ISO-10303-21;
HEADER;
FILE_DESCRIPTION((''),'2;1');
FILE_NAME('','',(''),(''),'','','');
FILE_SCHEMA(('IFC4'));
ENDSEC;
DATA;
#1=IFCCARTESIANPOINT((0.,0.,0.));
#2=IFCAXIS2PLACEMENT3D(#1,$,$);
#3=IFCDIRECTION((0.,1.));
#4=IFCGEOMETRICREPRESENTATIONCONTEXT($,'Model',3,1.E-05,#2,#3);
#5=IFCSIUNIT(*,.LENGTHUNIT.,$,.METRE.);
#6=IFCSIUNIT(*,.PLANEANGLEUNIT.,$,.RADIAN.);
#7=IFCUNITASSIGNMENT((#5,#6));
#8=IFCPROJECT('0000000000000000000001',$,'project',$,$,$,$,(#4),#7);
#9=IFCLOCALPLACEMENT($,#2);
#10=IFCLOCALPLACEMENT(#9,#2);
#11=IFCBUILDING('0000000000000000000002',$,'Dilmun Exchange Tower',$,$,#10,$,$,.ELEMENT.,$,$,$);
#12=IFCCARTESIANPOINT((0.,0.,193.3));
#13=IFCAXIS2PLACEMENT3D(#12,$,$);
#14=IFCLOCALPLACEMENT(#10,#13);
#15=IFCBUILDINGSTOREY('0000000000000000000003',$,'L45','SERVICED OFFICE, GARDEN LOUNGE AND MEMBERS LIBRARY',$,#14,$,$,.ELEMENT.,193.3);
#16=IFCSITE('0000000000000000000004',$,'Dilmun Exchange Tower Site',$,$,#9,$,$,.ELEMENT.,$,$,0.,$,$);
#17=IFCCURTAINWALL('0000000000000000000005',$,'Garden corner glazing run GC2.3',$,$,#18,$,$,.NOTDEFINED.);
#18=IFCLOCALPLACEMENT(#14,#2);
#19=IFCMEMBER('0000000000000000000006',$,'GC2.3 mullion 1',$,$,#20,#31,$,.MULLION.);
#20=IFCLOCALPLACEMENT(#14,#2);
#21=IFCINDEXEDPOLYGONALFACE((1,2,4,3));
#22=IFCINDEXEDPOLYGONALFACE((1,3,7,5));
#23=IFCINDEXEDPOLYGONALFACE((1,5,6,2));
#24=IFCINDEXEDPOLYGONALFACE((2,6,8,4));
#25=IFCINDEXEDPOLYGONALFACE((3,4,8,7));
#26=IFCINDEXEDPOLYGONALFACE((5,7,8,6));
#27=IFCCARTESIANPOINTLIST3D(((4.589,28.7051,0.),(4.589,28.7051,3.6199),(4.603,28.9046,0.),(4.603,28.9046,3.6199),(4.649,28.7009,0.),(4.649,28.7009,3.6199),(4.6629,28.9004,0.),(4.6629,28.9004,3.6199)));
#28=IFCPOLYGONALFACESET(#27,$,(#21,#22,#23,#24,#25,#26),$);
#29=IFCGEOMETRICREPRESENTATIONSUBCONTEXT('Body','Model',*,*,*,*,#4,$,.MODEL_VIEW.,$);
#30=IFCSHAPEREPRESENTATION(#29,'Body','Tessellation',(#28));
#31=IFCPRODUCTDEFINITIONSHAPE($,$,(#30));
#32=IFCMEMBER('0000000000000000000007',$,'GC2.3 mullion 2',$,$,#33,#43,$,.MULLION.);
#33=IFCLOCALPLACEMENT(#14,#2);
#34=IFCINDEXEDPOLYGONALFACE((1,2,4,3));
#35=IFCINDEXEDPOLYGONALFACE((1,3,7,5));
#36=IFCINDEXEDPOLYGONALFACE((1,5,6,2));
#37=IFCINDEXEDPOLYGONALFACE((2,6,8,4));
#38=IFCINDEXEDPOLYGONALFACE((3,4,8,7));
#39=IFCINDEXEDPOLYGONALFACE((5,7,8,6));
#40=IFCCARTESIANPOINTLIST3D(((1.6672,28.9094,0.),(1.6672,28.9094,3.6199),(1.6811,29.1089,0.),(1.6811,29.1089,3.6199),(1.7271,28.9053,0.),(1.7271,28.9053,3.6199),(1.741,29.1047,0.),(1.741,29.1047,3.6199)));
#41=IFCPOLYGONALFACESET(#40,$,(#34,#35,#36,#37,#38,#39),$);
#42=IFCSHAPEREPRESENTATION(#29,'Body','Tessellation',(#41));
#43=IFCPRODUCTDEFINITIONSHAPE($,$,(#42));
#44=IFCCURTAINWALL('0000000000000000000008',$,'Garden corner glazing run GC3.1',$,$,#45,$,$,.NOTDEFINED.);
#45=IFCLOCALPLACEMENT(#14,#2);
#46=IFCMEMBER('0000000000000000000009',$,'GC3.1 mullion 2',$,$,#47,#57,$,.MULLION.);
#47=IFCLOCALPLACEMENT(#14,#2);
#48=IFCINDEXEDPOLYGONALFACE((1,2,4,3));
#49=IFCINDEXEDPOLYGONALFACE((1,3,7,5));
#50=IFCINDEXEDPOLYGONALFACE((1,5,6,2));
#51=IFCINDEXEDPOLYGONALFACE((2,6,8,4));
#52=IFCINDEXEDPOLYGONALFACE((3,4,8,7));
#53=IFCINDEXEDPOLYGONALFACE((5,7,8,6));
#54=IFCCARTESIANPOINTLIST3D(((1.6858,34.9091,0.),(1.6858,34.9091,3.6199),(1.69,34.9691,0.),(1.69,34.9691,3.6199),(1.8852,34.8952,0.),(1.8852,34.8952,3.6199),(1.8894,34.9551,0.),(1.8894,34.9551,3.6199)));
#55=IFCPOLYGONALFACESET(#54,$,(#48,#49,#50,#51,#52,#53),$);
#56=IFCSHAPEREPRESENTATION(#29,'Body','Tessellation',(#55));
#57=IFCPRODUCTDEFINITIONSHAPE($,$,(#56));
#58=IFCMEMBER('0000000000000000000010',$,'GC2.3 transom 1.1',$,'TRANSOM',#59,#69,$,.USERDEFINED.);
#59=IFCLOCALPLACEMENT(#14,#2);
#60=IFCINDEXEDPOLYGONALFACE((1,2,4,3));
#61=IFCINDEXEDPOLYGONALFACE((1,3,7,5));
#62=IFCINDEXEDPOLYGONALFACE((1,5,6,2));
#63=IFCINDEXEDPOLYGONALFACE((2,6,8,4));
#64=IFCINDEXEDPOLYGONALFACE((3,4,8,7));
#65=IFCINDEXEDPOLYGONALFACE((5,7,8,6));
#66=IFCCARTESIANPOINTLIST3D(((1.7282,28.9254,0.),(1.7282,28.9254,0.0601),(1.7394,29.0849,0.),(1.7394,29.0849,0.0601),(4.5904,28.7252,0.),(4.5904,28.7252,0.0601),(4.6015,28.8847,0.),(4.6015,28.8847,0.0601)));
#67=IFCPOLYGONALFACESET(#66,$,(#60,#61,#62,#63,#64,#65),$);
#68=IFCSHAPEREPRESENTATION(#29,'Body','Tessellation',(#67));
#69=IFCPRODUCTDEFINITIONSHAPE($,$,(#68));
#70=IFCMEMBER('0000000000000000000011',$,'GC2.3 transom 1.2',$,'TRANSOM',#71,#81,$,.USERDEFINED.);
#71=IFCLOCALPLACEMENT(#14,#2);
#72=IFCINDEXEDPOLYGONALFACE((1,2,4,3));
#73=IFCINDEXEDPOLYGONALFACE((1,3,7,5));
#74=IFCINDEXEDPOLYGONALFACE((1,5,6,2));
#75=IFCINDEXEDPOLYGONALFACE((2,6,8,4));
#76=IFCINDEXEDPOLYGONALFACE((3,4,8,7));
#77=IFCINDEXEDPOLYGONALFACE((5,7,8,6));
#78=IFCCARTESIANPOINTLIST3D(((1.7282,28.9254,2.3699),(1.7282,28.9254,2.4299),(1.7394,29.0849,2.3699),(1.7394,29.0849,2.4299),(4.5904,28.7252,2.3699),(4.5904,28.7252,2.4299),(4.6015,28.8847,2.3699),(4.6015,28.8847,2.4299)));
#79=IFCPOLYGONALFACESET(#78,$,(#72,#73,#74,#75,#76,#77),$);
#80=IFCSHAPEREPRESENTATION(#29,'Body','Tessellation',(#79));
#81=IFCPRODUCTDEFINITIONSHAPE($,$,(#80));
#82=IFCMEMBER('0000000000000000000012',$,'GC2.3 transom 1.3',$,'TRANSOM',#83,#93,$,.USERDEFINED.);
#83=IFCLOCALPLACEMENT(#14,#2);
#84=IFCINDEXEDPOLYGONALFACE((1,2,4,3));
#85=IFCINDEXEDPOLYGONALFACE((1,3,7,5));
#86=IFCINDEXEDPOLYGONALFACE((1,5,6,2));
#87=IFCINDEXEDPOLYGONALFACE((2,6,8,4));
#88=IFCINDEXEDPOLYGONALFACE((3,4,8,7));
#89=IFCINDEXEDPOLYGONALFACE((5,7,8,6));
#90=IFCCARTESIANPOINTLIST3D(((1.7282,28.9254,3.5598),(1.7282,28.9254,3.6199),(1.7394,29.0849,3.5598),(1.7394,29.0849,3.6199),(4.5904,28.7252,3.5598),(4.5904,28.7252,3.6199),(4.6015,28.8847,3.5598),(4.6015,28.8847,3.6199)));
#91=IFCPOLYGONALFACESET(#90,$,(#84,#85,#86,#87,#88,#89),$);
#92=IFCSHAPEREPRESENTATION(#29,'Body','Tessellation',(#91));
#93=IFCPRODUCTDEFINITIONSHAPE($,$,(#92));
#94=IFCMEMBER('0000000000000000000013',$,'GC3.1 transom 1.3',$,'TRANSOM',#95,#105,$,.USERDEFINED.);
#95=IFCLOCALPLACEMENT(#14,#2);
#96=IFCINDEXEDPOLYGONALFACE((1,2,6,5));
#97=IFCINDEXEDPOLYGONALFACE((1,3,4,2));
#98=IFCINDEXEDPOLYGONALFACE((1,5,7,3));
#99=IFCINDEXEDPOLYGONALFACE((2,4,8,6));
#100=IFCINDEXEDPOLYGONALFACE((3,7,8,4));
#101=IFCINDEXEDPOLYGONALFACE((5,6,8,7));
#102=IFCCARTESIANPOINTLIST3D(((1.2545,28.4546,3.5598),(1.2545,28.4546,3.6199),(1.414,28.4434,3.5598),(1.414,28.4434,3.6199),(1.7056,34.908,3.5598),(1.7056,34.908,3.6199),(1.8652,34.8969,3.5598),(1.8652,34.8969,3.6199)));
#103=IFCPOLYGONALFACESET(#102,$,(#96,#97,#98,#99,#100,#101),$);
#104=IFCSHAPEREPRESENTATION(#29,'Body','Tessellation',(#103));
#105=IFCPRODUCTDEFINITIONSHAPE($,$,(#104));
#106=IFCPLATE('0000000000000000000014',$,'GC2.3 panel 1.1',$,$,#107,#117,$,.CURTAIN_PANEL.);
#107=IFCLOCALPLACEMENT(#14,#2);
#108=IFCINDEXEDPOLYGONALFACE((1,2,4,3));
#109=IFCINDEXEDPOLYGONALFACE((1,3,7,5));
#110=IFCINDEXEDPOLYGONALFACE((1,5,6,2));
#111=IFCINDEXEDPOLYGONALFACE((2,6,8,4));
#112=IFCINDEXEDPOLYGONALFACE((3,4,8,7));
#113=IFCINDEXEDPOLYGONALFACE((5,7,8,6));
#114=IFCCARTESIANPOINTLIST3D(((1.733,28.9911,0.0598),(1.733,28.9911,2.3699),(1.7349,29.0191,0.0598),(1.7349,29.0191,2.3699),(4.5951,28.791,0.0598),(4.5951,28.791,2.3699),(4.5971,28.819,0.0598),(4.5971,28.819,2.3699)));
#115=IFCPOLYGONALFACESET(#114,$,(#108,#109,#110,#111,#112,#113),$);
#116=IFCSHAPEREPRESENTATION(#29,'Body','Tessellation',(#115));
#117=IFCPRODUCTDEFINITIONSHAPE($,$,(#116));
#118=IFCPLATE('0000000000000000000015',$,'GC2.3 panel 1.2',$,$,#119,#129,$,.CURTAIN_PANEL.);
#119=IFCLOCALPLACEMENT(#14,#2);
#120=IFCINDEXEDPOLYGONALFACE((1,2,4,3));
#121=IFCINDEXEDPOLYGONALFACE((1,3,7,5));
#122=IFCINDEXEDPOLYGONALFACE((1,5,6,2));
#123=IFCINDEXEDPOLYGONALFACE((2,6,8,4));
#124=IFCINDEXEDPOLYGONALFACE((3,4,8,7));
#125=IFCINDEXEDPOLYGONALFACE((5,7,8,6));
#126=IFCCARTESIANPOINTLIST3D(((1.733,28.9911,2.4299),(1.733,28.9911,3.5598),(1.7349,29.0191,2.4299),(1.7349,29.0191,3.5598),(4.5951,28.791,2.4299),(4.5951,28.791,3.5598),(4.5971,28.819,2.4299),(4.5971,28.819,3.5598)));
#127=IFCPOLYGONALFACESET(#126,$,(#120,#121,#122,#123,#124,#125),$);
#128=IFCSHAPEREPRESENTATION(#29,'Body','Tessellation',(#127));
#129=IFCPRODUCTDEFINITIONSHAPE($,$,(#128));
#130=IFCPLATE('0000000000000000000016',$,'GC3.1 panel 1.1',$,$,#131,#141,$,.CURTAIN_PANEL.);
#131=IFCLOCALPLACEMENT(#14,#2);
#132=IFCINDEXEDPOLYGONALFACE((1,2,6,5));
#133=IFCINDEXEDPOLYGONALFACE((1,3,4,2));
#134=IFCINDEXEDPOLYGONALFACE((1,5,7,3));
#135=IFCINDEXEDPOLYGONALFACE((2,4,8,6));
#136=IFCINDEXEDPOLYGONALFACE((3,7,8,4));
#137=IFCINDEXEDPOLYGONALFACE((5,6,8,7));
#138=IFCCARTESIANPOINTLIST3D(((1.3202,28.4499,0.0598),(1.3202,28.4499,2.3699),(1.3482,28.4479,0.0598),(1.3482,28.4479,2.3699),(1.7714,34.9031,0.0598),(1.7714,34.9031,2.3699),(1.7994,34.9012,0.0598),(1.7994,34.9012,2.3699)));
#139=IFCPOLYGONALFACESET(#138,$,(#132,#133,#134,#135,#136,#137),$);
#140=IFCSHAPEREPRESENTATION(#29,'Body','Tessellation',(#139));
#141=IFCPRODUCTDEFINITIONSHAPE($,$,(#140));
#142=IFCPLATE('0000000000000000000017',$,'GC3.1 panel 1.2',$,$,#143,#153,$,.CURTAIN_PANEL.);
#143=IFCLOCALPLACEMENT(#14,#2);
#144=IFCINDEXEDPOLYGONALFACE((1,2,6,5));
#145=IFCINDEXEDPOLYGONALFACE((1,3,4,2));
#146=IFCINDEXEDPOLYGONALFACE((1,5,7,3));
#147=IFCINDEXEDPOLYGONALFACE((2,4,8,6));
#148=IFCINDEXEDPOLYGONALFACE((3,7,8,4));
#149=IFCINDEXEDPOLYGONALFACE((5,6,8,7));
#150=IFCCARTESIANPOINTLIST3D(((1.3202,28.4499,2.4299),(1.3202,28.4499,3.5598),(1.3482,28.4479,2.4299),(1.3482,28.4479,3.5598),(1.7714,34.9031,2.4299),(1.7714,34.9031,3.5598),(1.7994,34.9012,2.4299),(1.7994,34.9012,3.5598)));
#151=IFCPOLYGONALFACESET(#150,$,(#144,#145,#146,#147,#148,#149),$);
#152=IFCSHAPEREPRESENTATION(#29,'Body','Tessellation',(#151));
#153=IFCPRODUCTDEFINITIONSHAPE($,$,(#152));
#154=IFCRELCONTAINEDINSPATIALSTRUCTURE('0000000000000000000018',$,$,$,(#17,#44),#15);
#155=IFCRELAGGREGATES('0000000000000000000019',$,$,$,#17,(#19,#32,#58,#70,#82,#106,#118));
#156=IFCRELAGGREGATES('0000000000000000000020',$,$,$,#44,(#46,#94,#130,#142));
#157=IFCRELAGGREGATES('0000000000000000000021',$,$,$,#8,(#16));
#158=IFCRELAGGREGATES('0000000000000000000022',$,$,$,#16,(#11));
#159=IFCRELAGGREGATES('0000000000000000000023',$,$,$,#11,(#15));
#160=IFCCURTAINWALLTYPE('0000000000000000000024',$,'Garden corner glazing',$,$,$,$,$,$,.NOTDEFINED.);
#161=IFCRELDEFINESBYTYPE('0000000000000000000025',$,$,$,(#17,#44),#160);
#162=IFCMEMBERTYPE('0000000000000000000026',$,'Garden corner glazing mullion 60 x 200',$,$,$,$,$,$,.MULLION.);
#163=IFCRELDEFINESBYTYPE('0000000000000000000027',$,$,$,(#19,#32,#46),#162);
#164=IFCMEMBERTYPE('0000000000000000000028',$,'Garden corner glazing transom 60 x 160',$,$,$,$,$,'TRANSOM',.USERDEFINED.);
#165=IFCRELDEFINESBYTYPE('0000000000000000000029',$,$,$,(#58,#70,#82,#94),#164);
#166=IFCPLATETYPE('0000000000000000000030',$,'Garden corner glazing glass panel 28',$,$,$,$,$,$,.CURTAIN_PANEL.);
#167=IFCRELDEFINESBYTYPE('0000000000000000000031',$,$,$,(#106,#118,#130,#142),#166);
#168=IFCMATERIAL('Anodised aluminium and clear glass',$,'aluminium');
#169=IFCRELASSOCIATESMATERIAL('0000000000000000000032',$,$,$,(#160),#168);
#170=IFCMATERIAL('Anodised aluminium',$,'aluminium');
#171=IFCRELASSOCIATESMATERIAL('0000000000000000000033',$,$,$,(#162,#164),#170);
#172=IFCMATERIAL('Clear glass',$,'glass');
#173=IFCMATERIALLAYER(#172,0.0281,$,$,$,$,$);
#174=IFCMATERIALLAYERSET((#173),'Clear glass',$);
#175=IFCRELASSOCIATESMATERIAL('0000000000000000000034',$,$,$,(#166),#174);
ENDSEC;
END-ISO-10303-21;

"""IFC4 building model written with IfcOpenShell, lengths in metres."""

from ifc_helpers import new_model, si_unit, direction, frame, origin, origin_2d, place, context, subcontext, project, spatial, rectangle, extrude, material, layer, layer_set, material_profile, profile_set, type_object, element, aggregate, save


model = new_model("IFC4")

# Units and contexts
model_context = context("Model", 3, precision=1e-05, world=origin(), true_north=direction((0.0, 1.0)))
body_context = subcontext(model_context, "Body", "Model", "MODEL_VIEW")
ifc_project = project(units=[si_unit("LENGTHUNIT", "METRE"), si_unit("PLANEANGLEUNIT", "RADIAN")], contexts=[model_context])

# Site, building, storey
site_placement = place(None, origin())
site = spatial("IfcSite", under=ifc_project, at=site_placement, Name="Dilmun Exchange Tower Site", CompositionType="ELEMENT", RefElevation=0.0)
building_placement = place(site_placement, origin())
building = spatial("IfcBuilding", under=site, at=building_placement, Name="Dilmun Exchange Tower", CompositionType="ELEMENT")
storey_placement = place(building_placement, frame((0.0, 0.0, 193.3)))
storey = spatial("IfcBuildingStorey", under=building, at=storey_placement, Name="L45", Description="SERVICED OFFICE, GARDEN LOUNGE AND MEMBERS LIBRARY", CompositionType="ELEMENT", Elevation=193.3)

# Curtain wall, members
ifc_material_1 = material(Name="Anodised aluminium and clear glass", Category="aluminium")
curtain_wall_type = type_object("IfcCurtainWallType", Name="Garden corner glazing", PredefinedType="NOTDEFINED", material=ifc_material_1)
curtain_wall_1_placement = place(storey_placement, origin())
curtain_wall_1 = element("IfcCurtainWall", 1, at=curtain_wall_1_placement, inside=storey, type_object=curtain_wall_type, Name="Garden corner glazing run GC2.3", PredefinedType="NOTDEFINED")
ifc_material_2 = material(Name="Anodised aluminium", Category="aluminium")
ifc_material_profile_1 = material_profile(ifc_material_2, rectangle(XDim=0.2, YDim=0.0601, at=origin_2d()), Name="AL 60x200")
ifc_profile_set_1 = profile_set([ifc_material_profile_1], Name="Anodised aluminium")
member_type_1 = type_object("IfcMemberType", Name="Garden corner glazing mullion 60 x 200", PredefinedType="MULLION", material=ifc_profile_set_1)
member_1_placement = place(storey_placement, frame((4.626, 28.8027, 0.0), z_axis=(0.0, 0.0, 1.0), x_axis=(-0.069754, -0.997564, 0.0)))
member_1 = element("IfcMember", 2, at=member_1_placement, type_object=member_type_1, Name="GC2.3 mullion 1", PredefinedType="MULLION", context=body_context, shape_type="SweptSolid", body=[
    extrude(rectangle(XDim=0.2, YDim=0.0601, at=origin_2d()), origin(), (0.0, 0.0, 1.0), 3.6199),
])
member_2_placement = place(storey_placement, frame((1.7041, 29.0071, 0.0), z_axis=(0.0, 0.0, 1.0), x_axis=(-0.069754, -0.997564, 0.0)))
member_2 = element("IfcMember", 3, at=member_2_placement, type_object=member_type_1, Name="GC2.3 mullion 2", PredefinedType="MULLION", context=body_context, shape_type="SweptSolid", body=[
    extrude(rectangle(XDim=0.2, YDim=0.0601, at=origin_2d()), origin(), (0.0, 0.0, 1.0), 3.6199),
])

# Curtain wall, member
curtain_wall_2_placement = place(storey_placement, origin())
curtain_wall_2 = element("IfcCurtainWall", 4, at=curtain_wall_2_placement, inside=storey, type_object=curtain_wall_type, Name="Garden corner glazing run GC3.1", PredefinedType="NOTDEFINED")
member_3_placement = place(storey_placement, frame((1.7876, 34.9321, 0.0), z_axis=(0.0, 0.0, 1.0), x_axis=(-0.997564, 0.069752, 0.0)))
member_3 = element("IfcMember", 5, at=member_3_placement, type_object=member_type_1, Name="GC3.1 mullion 2", PredefinedType="MULLION", context=body_context, shape_type="SweptSolid", body=[
    extrude(rectangle(XDim=0.2, YDim=0.0601, at=origin_2d()), origin(), (0.0, 0.0, 1.0), 3.6199),
])

# Members
ifc_material_profile_2 = material_profile(ifc_material_2, rectangle(XDim=0.1599, YDim=0.0601, at=origin_2d()), Name="AL 60x160")
ifc_profile_set_2 = profile_set([ifc_material_profile_2], Name="Anodised aluminium")
member_type_2 = type_object("IfcMemberType", Name="Garden corner glazing transom 60 x 160", ElementType="TRANSOM", PredefinedType="USERDEFINED", material=ifc_profile_set_2)
member_4_placement = place(storey_placement, frame((4.5959, 28.8049, 0.03), z_axis=(-0.997563, 0.069777, 0.0), x_axis=(-0.069777, -0.997563, 0.0)))
member_4 = element("IfcMember", 6, at=member_4_placement, type_object=member_type_2, Name="GC2.3 transom 1.1", ObjectType="TRANSOM", PredefinedType="USERDEFINED", context=body_context, shape_type="SweptSolid", body=[
    extrude(rectangle(XDim=0.1599, YDim=0.0601, at=origin_2d()), origin(), (0.0, 0.0, 1.0), 2.8691),
])
member_5_placement = place(storey_placement, frame((4.5959, 28.8049, 2.3999), z_axis=(-0.997563, 0.069777, 0.0), x_axis=(-0.069777, -0.997563, 0.0)))
member_5 = element("IfcMember", 7, at=member_5_placement, type_object=member_type_2, Name="GC2.3 transom 1.2", ObjectType="TRANSOM", PredefinedType="USERDEFINED", context=body_context, shape_type="SweptSolid", body=[
    extrude(rectangle(XDim=0.1599, YDim=0.0601, at=origin_2d()), origin(), (0.0, 0.0, 1.0), 2.8691),
])
member_6_placement = place(storey_placement, frame((4.5959, 28.8049, 3.5898), z_axis=(-0.997563, 0.069777, 0.0), x_axis=(-0.069777, -0.997563, 0.0)))
member_6 = element("IfcMember", 8, at=member_6_placement, type_object=member_type_2, Name="GC2.3 transom 1.3", ObjectType="TRANSOM", PredefinedType="USERDEFINED", context=body_context, shape_type="SweptSolid", body=[
    extrude(rectangle(XDim=0.1599, YDim=0.0601, at=origin_2d()), origin(), (0.0, 0.0, 1.0), 2.8691),
])
member_7_placement = place(storey_placement, frame((1.3342, 28.449, 3.5898), z_axis=(0.069742, 0.997565, 0.0), x_axis=(-0.997565, 0.069742, 0.0)))
member_7 = element("IfcMember", 9, at=member_7_placement, type_object=member_type_2, Name="GC3.1 transom 1.3", ObjectType="TRANSOM", PredefinedType="USERDEFINED", context=body_context, shape_type="SweptSolid", body=[
    extrude(rectangle(XDim=0.1599, YDim=0.0601, at=origin_2d()), origin(), (0.0, 0.0, 1.0), 6.4692),
])

# Plates
ifc_material_3 = material(Name="Clear glass", Category="glass")
ifc_layer_1 = layer(ifc_material_3, 0.0281)
ifc_layer_set_1 = layer_set([ifc_layer_1], Name="Clear glass")
plate_type = type_object("IfcPlateType", Name="Garden corner glazing glass panel 28", PredefinedType="CURTAIN_PANEL", material=ifc_layer_set_1)
plate_1_placement = place(storey_placement, frame((3.165, 28.905, 0.0598), z_axis=(0.0, 0.0, 1.0), x_axis=(-0.997564, 0.069754, 0.0)))
plate_1 = element("IfcPlate", 10, at=plate_1_placement, type_object=plate_type, Name="GC2.3 panel 1.1", PredefinedType="CURTAIN_PANEL", context=body_context, shape_type="SweptSolid", body=[
    extrude(rectangle(XDim=2.8691, YDim=0.0281, at=origin_2d()), origin(), (0.0, 0.0, 1.0), 2.3101),
])
plate_2_placement = place(storey_placement, frame((3.165, 28.905, 2.4299), z_axis=(0.0, 0.0, 1.0), x_axis=(-0.997564, 0.069754, 0.0)))
plate_2 = element("IfcPlate", 11, at=plate_2_placement, type_object=plate_type, Name="GC2.3 panel 1.2", PredefinedType="CURTAIN_PANEL", context=body_context, shape_type="SweptSolid", body=[
    extrude(rectangle(XDim=2.8691, YDim=0.0281, at=origin_2d()), origin(), (0.0, 0.0, 1.0), 1.1299),
])
aggregate(curtain_wall_1, [member_1, member_2, member_4, member_5, member_6, plate_1, plate_2])
plate_3_placement = place(storey_placement, frame((1.5598, 31.6755, 0.0598), z_axis=(0.0, 0.0, 1.0), x_axis=(0.069752, 0.997564, 0.0)))
plate_3 = element("IfcPlate", 12, at=plate_3_placement, type_object=plate_type, Name="GC3.1 panel 1.1", PredefinedType="CURTAIN_PANEL", context=body_context, shape_type="SweptSolid", body=[
    extrude(rectangle(XDim=6.469, YDim=0.0281, at=origin_2d()), origin(), (0.0, 0.0, 1.0), 2.3101),
])
plate_4_placement = place(storey_placement, frame((1.5598, 31.6755, 2.4299), z_axis=(0.0, 0.0, 1.0), x_axis=(0.069752, 0.997564, 0.0)))
plate_4 = element("IfcPlate", 13, at=plate_4_placement, type_object=plate_type, Name="GC3.1 panel 1.2", PredefinedType="CURTAIN_PANEL", context=body_context, shape_type="SweptSolid", body=[
    extrude(rectangle(XDim=6.469, YDim=0.0281, at=origin_2d()), origin(), (0.0, 0.0, 1.0), 1.1299),
])
aggregate(curtain_wall_2, [member_3, member_7, plate_3, plate_4])

save(model, "model.ifc")
